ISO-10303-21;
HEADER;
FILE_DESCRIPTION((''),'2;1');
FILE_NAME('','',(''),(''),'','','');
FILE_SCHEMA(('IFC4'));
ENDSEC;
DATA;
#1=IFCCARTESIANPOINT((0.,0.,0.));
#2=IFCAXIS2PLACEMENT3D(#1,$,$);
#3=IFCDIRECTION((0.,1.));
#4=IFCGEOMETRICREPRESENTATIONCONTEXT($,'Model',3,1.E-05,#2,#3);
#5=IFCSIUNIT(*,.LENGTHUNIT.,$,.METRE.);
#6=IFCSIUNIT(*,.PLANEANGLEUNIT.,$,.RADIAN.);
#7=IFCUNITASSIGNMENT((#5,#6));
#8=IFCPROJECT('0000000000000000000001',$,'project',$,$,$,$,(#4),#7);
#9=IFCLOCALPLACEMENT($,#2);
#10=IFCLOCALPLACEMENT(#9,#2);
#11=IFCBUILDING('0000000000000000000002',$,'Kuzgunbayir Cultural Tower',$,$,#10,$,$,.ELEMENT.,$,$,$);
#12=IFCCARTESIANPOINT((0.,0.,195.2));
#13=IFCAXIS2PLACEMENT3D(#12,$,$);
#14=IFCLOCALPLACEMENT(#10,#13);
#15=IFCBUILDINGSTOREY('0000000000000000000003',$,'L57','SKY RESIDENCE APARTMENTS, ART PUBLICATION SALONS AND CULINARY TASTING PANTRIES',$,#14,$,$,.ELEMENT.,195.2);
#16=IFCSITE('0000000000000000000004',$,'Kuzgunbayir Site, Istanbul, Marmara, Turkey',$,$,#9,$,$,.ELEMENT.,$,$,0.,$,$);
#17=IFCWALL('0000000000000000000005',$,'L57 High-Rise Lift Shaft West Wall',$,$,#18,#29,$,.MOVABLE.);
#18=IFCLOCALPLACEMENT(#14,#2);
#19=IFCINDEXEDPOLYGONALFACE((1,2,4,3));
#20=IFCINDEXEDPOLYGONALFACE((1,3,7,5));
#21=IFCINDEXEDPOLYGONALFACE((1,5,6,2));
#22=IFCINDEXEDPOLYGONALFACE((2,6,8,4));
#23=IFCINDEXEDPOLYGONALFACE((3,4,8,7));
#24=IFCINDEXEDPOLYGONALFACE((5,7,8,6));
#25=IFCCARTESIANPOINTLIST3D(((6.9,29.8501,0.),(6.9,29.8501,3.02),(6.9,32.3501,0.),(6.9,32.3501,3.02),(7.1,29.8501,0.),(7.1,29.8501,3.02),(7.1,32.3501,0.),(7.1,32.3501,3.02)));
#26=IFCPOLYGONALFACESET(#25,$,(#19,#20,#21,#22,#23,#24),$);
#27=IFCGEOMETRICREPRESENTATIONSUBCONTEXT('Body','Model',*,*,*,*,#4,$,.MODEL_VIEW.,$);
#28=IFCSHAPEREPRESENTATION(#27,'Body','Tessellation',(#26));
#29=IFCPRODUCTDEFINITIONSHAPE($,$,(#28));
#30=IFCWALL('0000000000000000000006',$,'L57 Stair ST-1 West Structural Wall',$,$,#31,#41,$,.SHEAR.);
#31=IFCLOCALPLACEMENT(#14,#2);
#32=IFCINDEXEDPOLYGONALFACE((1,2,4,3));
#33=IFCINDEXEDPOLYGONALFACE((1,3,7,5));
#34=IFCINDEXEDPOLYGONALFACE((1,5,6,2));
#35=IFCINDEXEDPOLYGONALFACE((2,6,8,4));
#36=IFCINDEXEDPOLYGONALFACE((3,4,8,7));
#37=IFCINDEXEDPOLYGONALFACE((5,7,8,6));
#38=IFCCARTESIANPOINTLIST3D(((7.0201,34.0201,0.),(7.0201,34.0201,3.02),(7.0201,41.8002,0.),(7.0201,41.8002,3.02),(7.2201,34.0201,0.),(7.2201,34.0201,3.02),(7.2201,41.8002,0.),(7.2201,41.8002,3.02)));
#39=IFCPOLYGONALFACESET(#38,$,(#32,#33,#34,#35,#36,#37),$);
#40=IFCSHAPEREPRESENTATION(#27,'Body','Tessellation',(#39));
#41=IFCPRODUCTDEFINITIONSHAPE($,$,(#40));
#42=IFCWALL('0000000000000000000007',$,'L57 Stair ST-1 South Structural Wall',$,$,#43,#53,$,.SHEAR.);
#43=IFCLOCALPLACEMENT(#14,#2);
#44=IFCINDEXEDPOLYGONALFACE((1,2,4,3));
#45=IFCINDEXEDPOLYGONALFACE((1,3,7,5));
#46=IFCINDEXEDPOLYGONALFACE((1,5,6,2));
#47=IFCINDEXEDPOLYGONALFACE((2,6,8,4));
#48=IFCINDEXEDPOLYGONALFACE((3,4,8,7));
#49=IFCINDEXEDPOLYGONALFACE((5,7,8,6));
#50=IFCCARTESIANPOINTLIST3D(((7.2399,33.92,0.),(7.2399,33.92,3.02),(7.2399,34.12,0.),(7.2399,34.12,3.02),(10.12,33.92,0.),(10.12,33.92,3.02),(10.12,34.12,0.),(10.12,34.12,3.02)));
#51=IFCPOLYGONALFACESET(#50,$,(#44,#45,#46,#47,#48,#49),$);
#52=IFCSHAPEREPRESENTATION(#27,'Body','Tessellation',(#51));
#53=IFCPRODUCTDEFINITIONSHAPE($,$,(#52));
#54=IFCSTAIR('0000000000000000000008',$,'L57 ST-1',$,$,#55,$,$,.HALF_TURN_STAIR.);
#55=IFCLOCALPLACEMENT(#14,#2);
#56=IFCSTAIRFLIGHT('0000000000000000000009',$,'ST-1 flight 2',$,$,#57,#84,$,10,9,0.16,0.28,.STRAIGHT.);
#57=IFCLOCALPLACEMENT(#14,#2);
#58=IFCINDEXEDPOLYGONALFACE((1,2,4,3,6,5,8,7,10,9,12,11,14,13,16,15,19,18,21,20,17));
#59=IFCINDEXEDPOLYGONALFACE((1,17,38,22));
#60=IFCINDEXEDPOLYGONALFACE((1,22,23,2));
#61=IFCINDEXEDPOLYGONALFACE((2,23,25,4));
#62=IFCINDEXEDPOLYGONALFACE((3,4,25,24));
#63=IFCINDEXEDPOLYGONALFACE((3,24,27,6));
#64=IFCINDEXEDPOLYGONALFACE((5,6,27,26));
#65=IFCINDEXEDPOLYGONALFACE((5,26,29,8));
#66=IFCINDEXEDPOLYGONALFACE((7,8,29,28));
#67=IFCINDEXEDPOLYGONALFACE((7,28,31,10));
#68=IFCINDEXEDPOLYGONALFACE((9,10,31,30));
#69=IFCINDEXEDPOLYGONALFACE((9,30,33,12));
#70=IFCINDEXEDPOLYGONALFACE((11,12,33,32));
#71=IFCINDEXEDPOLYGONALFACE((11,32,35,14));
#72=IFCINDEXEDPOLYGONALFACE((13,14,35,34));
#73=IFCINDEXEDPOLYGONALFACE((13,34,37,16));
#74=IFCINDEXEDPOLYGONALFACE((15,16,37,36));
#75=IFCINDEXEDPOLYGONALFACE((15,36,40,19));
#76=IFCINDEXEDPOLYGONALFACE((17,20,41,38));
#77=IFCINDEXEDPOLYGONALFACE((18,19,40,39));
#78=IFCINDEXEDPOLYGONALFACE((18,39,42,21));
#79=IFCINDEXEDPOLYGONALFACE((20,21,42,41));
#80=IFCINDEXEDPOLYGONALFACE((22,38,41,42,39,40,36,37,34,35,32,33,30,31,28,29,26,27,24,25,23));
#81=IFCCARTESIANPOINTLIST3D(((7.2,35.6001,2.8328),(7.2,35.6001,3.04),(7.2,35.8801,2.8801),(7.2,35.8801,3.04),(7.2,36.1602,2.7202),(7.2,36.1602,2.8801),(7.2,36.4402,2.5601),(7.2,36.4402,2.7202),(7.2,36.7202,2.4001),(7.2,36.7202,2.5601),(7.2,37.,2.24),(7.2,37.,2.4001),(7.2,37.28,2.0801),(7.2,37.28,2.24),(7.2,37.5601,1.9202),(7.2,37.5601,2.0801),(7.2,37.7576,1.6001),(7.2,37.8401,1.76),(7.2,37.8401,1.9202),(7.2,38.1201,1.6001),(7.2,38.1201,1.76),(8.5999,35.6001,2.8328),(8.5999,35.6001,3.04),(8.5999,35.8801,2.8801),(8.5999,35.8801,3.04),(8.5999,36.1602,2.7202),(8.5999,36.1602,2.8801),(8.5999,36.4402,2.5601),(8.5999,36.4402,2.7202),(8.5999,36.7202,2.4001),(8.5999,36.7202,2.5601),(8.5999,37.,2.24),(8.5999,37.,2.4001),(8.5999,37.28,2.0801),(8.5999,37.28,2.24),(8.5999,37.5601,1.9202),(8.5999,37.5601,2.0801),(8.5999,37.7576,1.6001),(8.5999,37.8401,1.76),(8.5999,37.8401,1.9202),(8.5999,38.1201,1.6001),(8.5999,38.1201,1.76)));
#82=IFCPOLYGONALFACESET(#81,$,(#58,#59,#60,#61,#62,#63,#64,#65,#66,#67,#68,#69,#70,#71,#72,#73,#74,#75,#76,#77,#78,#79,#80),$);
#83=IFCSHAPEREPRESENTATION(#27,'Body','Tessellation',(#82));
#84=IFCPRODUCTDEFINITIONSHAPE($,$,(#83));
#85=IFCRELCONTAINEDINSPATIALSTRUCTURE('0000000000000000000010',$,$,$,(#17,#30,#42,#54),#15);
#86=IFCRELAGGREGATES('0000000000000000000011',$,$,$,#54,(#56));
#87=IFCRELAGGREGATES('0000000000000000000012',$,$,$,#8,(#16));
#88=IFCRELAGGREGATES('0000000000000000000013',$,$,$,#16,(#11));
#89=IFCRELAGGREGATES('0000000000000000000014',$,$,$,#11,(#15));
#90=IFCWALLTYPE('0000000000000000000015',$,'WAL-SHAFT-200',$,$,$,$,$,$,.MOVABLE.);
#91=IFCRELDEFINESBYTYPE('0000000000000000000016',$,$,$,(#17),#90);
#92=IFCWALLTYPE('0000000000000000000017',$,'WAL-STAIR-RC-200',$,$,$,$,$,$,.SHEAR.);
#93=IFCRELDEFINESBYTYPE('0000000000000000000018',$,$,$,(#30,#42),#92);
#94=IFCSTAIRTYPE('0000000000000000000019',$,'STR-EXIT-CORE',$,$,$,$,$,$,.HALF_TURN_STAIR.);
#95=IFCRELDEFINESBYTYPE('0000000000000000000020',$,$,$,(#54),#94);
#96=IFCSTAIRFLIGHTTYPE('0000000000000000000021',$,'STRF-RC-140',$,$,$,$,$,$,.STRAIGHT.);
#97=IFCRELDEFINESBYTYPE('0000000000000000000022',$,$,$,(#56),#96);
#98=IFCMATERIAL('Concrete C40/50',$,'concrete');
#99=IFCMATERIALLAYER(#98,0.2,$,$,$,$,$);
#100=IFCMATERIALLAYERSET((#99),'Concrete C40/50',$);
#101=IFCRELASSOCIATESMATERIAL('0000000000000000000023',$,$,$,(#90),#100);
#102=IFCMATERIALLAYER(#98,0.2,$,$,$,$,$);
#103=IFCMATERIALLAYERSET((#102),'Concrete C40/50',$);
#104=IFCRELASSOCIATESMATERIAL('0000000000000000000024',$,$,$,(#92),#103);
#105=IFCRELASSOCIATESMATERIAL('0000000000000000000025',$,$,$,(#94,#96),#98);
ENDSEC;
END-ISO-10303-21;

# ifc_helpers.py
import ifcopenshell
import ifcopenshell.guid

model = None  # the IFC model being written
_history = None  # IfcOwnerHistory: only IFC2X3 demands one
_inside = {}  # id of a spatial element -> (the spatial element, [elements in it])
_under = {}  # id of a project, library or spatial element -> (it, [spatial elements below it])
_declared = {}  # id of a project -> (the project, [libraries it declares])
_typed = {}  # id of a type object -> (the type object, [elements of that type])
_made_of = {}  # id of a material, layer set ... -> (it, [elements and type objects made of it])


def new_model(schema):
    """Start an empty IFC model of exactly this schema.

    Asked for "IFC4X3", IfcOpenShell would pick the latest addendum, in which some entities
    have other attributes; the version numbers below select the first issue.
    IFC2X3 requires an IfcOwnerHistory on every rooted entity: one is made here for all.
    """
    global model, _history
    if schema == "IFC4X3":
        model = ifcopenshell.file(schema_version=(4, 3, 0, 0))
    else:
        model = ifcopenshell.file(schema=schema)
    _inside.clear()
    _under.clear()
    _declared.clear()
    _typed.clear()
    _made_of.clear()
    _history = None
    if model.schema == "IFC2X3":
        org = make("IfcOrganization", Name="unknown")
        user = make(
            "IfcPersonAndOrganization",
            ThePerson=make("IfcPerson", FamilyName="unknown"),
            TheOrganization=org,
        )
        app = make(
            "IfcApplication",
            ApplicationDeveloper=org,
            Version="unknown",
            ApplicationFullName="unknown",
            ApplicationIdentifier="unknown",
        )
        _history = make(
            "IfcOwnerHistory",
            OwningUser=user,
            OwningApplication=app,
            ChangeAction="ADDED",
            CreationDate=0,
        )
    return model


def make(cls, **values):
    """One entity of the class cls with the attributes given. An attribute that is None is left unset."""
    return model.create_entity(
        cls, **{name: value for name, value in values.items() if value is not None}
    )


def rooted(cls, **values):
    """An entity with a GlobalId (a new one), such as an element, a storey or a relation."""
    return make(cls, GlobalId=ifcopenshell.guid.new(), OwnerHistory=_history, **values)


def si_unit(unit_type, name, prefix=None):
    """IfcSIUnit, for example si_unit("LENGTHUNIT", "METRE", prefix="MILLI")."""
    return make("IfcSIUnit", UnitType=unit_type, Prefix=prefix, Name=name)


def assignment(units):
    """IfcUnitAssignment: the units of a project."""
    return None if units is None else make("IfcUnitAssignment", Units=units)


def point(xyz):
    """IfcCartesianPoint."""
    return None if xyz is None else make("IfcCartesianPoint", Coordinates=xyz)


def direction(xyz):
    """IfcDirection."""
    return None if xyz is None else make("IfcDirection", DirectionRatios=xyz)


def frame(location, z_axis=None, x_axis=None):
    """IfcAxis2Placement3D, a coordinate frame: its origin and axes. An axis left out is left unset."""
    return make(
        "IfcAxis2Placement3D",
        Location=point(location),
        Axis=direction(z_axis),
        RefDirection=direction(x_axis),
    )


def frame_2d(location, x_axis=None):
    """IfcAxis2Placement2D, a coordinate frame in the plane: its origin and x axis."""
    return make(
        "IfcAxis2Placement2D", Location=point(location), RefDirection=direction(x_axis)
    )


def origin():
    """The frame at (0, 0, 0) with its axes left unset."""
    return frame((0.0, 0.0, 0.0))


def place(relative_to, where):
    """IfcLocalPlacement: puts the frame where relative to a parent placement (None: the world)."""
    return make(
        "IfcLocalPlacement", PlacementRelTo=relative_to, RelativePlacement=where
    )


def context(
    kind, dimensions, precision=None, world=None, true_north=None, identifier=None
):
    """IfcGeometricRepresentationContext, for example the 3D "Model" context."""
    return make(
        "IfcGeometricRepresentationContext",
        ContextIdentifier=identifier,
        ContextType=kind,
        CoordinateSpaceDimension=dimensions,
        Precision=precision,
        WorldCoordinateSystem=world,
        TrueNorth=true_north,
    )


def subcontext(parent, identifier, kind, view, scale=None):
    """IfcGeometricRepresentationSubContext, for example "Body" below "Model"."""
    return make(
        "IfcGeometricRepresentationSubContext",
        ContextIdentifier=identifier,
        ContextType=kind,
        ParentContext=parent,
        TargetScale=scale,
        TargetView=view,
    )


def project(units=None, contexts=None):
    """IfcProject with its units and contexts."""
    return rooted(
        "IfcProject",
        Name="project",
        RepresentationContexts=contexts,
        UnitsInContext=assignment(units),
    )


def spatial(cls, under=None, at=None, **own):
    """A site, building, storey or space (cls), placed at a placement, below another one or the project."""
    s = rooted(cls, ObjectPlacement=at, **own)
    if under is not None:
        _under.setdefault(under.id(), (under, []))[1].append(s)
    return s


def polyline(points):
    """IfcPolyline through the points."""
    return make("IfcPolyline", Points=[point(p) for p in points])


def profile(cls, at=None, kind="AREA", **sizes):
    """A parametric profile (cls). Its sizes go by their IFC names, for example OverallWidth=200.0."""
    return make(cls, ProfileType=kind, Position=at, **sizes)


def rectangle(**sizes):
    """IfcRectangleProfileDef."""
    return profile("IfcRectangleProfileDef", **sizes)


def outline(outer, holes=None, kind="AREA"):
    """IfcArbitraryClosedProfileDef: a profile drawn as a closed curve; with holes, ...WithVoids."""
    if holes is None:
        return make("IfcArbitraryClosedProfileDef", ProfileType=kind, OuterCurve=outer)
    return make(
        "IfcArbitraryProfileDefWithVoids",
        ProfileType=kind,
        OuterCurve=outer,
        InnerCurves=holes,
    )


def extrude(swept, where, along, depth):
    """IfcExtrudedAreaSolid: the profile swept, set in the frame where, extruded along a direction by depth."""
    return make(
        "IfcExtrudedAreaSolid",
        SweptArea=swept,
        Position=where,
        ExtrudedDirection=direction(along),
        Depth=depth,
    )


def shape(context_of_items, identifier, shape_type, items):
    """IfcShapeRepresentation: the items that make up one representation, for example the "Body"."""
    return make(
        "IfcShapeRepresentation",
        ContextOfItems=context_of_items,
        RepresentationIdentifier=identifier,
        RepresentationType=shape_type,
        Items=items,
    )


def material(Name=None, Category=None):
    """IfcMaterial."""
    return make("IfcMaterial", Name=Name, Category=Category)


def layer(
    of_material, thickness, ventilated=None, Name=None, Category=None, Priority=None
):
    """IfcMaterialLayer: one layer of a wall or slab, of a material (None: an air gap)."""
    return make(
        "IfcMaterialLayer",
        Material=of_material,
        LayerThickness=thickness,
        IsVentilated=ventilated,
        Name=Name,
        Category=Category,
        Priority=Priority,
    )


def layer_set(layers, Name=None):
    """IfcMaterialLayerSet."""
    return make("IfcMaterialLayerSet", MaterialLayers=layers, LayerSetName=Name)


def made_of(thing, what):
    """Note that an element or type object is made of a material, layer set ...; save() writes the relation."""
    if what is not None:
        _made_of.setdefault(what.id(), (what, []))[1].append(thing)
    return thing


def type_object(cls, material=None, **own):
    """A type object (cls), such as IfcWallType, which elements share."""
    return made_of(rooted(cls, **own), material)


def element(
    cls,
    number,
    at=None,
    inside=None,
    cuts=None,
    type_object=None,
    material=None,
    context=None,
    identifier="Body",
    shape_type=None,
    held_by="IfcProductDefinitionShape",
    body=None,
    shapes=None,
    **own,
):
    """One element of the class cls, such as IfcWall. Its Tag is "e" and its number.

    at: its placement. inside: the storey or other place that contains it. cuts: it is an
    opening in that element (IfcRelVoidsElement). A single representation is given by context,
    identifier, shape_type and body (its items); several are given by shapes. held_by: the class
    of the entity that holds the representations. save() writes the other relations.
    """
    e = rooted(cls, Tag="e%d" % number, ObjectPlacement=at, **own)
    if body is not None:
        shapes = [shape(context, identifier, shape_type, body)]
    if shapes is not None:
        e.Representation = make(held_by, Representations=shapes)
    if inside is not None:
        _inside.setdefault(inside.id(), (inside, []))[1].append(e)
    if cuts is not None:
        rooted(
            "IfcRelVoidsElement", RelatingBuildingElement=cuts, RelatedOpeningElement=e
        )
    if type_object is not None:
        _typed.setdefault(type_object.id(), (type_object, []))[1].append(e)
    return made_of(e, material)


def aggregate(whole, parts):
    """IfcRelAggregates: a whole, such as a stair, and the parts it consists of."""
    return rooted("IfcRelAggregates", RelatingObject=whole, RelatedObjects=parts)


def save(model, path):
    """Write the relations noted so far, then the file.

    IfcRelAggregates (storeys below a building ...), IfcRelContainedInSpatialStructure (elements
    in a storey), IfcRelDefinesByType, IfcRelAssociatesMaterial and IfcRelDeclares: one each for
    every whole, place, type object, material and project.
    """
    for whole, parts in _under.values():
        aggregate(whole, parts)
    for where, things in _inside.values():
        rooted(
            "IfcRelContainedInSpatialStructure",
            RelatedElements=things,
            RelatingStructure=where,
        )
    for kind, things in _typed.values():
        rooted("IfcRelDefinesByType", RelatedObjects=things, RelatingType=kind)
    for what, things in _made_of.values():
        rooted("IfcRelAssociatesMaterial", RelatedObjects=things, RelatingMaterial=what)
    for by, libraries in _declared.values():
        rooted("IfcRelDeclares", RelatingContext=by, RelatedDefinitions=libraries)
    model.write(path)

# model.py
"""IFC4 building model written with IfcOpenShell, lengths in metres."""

from ifc_helpers import new_model, si_unit, direction, frame, frame_2d, origin, place, context, subcontext, project, spatial, polyline, rectangle, outline, extrude, material, layer, layer_set, type_object, element, aggregate, save


model = new_model("IFC4")

# Units and contexts
model_context = context("Model", 3, precision=1e-05, world=origin(), true_north=direction((0.0, 1.0)))
body_context = subcontext(model_context, "Body", "Model", "MODEL_VIEW")
ifc_project = project(units=[si_unit("LENGTHUNIT", "METRE"), si_unit("PLANEANGLEUNIT", "RADIAN")], contexts=[model_context])

# Site, building, storey
site_placement = place(None, origin())
site = spatial("IfcSite", under=ifc_project, at=site_placement, Name="Kuzgunbayir Site, Istanbul, Marmara, Turkey", CompositionType="ELEMENT", RefElevation=0.0)
building_placement = place(site_placement, origin())
building = spatial("IfcBuilding", under=site, at=building_placement, Name="Kuzgunbayir Cultural Tower", CompositionType="ELEMENT")
storey_placement = place(building_placement, frame((0.0, 0.0, 195.2)))
storey = spatial("IfcBuildingStorey", under=building, at=storey_placement, Name="L57", Description="SKY RESIDENCE APARTMENTS, ART PUBLICATION SALONS AND CULINARY TASTING PANTRIES", CompositionType="ELEMENT", Elevation=195.2)

# Shared definitions
ifc_material_1 = material(Name="Concrete C40/50", Category="concrete")
ifc_layer_1 = layer(ifc_material_1, 0.2)
ifc_layer_set_1 = layer_set([ifc_layer_1], Name="Concrete C40/50")
wall_type_1 = type_object("IfcWallType", Name="WAL-SHAFT-200", PredefinedType="MOVABLE", material=ifc_layer_set_1)

# Walls
wall_1_placement = place(storey_placement, frame((7.0, 29.8501, 0.0), z_axis=(0.0, 0.0, 1.0), x_axis=(0.0, 1.0, 0.0)))
element("IfcWall", 1, at=wall_1_placement, inside=storey, type_object=wall_type_1, Name="L57 High-Rise Lift Shaft West Wall", PredefinedType="MOVABLE", context=body_context, shape_type="SweptSolid", body=[
    extrude(rectangle(XDim=2.5, YDim=0.2, at=frame_2d((1.25, 0.0))), origin(), (0.0, 0.0, 1.0), 3.02),
])
ifc_layer_2 = layer(ifc_material_1, 0.2)
ifc_layer_set_2 = layer_set([ifc_layer_2], Name="Concrete C40/50")
wall_type_2 = type_object("IfcWallType", Name="WAL-STAIR-RC-200", PredefinedType="SHEAR", material=ifc_layer_set_2)
wall_2_placement = place(storey_placement, frame((7.1201, 34.02, 0.0), z_axis=(0.0, 0.0, 1.0), x_axis=(0.0, 1.0, 0.0)))
element("IfcWall", 2, at=wall_2_placement, inside=storey, type_object=wall_type_2, Name="L57 Stair ST-1 West Structural Wall", PredefinedType="SHEAR", context=body_context, shape_type="SweptSolid", body=[
    extrude(rectangle(XDim=7.78, YDim=0.2, at=frame_2d((3.8901, 0.0))), origin(), (0.0, 0.0, 1.0), 3.02),
])
wall_3_placement = place(storey_placement, frame((7.24, 34.02, 0.0), z_axis=(0.0, 0.0, 1.0), x_axis=(1.0, 0.0, 0.0)))
element("IfcWall", 3, at=wall_3_placement, inside=storey, type_object=wall_type_2, Name="L57 Stair ST-1 South Structural Wall", PredefinedType="SHEAR", context=body_context, shape_type="SweptSolid", body=[
    extrude(rectangle(XDim=2.8801, YDim=0.2, at=frame_2d((1.4399, 0.0))), origin(), (0.0, 0.0, 1.0), 3.02),
])

# Stair, stair flight
stair_type = type_object("IfcStairType", Name="STR-EXIT-CORE", PredefinedType="HALF_TURN_STAIR", material=ifc_material_1)
stair_placement = place(storey_placement, origin())
stair = element("IfcStair", 4, at=stair_placement, inside=storey, type_object=stair_type, Name="L57 ST-1", PredefinedType="HALF_TURN_STAIR")
stair_flight_type = type_object("IfcStairFlightType", Name="STRF-RC-140", PredefinedType="STRAIGHT", material=ifc_material_1)
stair_flight_placement = place(storey_placement, frame((7.8999, 38.1201, 1.6001), z_axis=(0.0, 0.0, 1.0), x_axis=(0.0, -1.0, 0.0)))
stair_flight = element("IfcStairFlight", 5, at=stair_flight_placement, type_object=stair_flight_type, Name="ST-1 flight 2", NumberOfRisers=10, NumberOfTreads=9, PredefinedType="STRAIGHT", RiserHeight=0.16, TreadLength=0.28, context=body_context, shape_type="SweptSolid", body=[
    extrude(outline(polyline([(0.0, 0.0), (0.0, 0.1599), (0.28, 0.1599), (0.28, 0.3201), (0.5601, 0.3201), (0.5601, 0.48), (0.8401, 0.48), (0.8401, 0.6399), (1.1201, 0.6399), (1.1201, 0.8), (1.3999, 0.8), (1.3999, 0.96), (1.6799, 0.96), (1.6799, 1.1201), (1.96, 1.1201), (1.96, 1.28), (2.24, 1.28), (2.24, 1.4399), (2.52, 1.4399), (2.52, 1.6001), (2.52, 1.2327), (0.3625, 0.0), (0.0, 0.0)])), frame((0.0, 0.7, 0.0), z_axis=(0.0, -1.0, 0.0), x_axis=(1.0, 0.0, 0.0)), (0.0, 0.0, 1.0), 1.3999),
])
aggregate(stair, [stair_flight])

save(model, "model.ifc")
